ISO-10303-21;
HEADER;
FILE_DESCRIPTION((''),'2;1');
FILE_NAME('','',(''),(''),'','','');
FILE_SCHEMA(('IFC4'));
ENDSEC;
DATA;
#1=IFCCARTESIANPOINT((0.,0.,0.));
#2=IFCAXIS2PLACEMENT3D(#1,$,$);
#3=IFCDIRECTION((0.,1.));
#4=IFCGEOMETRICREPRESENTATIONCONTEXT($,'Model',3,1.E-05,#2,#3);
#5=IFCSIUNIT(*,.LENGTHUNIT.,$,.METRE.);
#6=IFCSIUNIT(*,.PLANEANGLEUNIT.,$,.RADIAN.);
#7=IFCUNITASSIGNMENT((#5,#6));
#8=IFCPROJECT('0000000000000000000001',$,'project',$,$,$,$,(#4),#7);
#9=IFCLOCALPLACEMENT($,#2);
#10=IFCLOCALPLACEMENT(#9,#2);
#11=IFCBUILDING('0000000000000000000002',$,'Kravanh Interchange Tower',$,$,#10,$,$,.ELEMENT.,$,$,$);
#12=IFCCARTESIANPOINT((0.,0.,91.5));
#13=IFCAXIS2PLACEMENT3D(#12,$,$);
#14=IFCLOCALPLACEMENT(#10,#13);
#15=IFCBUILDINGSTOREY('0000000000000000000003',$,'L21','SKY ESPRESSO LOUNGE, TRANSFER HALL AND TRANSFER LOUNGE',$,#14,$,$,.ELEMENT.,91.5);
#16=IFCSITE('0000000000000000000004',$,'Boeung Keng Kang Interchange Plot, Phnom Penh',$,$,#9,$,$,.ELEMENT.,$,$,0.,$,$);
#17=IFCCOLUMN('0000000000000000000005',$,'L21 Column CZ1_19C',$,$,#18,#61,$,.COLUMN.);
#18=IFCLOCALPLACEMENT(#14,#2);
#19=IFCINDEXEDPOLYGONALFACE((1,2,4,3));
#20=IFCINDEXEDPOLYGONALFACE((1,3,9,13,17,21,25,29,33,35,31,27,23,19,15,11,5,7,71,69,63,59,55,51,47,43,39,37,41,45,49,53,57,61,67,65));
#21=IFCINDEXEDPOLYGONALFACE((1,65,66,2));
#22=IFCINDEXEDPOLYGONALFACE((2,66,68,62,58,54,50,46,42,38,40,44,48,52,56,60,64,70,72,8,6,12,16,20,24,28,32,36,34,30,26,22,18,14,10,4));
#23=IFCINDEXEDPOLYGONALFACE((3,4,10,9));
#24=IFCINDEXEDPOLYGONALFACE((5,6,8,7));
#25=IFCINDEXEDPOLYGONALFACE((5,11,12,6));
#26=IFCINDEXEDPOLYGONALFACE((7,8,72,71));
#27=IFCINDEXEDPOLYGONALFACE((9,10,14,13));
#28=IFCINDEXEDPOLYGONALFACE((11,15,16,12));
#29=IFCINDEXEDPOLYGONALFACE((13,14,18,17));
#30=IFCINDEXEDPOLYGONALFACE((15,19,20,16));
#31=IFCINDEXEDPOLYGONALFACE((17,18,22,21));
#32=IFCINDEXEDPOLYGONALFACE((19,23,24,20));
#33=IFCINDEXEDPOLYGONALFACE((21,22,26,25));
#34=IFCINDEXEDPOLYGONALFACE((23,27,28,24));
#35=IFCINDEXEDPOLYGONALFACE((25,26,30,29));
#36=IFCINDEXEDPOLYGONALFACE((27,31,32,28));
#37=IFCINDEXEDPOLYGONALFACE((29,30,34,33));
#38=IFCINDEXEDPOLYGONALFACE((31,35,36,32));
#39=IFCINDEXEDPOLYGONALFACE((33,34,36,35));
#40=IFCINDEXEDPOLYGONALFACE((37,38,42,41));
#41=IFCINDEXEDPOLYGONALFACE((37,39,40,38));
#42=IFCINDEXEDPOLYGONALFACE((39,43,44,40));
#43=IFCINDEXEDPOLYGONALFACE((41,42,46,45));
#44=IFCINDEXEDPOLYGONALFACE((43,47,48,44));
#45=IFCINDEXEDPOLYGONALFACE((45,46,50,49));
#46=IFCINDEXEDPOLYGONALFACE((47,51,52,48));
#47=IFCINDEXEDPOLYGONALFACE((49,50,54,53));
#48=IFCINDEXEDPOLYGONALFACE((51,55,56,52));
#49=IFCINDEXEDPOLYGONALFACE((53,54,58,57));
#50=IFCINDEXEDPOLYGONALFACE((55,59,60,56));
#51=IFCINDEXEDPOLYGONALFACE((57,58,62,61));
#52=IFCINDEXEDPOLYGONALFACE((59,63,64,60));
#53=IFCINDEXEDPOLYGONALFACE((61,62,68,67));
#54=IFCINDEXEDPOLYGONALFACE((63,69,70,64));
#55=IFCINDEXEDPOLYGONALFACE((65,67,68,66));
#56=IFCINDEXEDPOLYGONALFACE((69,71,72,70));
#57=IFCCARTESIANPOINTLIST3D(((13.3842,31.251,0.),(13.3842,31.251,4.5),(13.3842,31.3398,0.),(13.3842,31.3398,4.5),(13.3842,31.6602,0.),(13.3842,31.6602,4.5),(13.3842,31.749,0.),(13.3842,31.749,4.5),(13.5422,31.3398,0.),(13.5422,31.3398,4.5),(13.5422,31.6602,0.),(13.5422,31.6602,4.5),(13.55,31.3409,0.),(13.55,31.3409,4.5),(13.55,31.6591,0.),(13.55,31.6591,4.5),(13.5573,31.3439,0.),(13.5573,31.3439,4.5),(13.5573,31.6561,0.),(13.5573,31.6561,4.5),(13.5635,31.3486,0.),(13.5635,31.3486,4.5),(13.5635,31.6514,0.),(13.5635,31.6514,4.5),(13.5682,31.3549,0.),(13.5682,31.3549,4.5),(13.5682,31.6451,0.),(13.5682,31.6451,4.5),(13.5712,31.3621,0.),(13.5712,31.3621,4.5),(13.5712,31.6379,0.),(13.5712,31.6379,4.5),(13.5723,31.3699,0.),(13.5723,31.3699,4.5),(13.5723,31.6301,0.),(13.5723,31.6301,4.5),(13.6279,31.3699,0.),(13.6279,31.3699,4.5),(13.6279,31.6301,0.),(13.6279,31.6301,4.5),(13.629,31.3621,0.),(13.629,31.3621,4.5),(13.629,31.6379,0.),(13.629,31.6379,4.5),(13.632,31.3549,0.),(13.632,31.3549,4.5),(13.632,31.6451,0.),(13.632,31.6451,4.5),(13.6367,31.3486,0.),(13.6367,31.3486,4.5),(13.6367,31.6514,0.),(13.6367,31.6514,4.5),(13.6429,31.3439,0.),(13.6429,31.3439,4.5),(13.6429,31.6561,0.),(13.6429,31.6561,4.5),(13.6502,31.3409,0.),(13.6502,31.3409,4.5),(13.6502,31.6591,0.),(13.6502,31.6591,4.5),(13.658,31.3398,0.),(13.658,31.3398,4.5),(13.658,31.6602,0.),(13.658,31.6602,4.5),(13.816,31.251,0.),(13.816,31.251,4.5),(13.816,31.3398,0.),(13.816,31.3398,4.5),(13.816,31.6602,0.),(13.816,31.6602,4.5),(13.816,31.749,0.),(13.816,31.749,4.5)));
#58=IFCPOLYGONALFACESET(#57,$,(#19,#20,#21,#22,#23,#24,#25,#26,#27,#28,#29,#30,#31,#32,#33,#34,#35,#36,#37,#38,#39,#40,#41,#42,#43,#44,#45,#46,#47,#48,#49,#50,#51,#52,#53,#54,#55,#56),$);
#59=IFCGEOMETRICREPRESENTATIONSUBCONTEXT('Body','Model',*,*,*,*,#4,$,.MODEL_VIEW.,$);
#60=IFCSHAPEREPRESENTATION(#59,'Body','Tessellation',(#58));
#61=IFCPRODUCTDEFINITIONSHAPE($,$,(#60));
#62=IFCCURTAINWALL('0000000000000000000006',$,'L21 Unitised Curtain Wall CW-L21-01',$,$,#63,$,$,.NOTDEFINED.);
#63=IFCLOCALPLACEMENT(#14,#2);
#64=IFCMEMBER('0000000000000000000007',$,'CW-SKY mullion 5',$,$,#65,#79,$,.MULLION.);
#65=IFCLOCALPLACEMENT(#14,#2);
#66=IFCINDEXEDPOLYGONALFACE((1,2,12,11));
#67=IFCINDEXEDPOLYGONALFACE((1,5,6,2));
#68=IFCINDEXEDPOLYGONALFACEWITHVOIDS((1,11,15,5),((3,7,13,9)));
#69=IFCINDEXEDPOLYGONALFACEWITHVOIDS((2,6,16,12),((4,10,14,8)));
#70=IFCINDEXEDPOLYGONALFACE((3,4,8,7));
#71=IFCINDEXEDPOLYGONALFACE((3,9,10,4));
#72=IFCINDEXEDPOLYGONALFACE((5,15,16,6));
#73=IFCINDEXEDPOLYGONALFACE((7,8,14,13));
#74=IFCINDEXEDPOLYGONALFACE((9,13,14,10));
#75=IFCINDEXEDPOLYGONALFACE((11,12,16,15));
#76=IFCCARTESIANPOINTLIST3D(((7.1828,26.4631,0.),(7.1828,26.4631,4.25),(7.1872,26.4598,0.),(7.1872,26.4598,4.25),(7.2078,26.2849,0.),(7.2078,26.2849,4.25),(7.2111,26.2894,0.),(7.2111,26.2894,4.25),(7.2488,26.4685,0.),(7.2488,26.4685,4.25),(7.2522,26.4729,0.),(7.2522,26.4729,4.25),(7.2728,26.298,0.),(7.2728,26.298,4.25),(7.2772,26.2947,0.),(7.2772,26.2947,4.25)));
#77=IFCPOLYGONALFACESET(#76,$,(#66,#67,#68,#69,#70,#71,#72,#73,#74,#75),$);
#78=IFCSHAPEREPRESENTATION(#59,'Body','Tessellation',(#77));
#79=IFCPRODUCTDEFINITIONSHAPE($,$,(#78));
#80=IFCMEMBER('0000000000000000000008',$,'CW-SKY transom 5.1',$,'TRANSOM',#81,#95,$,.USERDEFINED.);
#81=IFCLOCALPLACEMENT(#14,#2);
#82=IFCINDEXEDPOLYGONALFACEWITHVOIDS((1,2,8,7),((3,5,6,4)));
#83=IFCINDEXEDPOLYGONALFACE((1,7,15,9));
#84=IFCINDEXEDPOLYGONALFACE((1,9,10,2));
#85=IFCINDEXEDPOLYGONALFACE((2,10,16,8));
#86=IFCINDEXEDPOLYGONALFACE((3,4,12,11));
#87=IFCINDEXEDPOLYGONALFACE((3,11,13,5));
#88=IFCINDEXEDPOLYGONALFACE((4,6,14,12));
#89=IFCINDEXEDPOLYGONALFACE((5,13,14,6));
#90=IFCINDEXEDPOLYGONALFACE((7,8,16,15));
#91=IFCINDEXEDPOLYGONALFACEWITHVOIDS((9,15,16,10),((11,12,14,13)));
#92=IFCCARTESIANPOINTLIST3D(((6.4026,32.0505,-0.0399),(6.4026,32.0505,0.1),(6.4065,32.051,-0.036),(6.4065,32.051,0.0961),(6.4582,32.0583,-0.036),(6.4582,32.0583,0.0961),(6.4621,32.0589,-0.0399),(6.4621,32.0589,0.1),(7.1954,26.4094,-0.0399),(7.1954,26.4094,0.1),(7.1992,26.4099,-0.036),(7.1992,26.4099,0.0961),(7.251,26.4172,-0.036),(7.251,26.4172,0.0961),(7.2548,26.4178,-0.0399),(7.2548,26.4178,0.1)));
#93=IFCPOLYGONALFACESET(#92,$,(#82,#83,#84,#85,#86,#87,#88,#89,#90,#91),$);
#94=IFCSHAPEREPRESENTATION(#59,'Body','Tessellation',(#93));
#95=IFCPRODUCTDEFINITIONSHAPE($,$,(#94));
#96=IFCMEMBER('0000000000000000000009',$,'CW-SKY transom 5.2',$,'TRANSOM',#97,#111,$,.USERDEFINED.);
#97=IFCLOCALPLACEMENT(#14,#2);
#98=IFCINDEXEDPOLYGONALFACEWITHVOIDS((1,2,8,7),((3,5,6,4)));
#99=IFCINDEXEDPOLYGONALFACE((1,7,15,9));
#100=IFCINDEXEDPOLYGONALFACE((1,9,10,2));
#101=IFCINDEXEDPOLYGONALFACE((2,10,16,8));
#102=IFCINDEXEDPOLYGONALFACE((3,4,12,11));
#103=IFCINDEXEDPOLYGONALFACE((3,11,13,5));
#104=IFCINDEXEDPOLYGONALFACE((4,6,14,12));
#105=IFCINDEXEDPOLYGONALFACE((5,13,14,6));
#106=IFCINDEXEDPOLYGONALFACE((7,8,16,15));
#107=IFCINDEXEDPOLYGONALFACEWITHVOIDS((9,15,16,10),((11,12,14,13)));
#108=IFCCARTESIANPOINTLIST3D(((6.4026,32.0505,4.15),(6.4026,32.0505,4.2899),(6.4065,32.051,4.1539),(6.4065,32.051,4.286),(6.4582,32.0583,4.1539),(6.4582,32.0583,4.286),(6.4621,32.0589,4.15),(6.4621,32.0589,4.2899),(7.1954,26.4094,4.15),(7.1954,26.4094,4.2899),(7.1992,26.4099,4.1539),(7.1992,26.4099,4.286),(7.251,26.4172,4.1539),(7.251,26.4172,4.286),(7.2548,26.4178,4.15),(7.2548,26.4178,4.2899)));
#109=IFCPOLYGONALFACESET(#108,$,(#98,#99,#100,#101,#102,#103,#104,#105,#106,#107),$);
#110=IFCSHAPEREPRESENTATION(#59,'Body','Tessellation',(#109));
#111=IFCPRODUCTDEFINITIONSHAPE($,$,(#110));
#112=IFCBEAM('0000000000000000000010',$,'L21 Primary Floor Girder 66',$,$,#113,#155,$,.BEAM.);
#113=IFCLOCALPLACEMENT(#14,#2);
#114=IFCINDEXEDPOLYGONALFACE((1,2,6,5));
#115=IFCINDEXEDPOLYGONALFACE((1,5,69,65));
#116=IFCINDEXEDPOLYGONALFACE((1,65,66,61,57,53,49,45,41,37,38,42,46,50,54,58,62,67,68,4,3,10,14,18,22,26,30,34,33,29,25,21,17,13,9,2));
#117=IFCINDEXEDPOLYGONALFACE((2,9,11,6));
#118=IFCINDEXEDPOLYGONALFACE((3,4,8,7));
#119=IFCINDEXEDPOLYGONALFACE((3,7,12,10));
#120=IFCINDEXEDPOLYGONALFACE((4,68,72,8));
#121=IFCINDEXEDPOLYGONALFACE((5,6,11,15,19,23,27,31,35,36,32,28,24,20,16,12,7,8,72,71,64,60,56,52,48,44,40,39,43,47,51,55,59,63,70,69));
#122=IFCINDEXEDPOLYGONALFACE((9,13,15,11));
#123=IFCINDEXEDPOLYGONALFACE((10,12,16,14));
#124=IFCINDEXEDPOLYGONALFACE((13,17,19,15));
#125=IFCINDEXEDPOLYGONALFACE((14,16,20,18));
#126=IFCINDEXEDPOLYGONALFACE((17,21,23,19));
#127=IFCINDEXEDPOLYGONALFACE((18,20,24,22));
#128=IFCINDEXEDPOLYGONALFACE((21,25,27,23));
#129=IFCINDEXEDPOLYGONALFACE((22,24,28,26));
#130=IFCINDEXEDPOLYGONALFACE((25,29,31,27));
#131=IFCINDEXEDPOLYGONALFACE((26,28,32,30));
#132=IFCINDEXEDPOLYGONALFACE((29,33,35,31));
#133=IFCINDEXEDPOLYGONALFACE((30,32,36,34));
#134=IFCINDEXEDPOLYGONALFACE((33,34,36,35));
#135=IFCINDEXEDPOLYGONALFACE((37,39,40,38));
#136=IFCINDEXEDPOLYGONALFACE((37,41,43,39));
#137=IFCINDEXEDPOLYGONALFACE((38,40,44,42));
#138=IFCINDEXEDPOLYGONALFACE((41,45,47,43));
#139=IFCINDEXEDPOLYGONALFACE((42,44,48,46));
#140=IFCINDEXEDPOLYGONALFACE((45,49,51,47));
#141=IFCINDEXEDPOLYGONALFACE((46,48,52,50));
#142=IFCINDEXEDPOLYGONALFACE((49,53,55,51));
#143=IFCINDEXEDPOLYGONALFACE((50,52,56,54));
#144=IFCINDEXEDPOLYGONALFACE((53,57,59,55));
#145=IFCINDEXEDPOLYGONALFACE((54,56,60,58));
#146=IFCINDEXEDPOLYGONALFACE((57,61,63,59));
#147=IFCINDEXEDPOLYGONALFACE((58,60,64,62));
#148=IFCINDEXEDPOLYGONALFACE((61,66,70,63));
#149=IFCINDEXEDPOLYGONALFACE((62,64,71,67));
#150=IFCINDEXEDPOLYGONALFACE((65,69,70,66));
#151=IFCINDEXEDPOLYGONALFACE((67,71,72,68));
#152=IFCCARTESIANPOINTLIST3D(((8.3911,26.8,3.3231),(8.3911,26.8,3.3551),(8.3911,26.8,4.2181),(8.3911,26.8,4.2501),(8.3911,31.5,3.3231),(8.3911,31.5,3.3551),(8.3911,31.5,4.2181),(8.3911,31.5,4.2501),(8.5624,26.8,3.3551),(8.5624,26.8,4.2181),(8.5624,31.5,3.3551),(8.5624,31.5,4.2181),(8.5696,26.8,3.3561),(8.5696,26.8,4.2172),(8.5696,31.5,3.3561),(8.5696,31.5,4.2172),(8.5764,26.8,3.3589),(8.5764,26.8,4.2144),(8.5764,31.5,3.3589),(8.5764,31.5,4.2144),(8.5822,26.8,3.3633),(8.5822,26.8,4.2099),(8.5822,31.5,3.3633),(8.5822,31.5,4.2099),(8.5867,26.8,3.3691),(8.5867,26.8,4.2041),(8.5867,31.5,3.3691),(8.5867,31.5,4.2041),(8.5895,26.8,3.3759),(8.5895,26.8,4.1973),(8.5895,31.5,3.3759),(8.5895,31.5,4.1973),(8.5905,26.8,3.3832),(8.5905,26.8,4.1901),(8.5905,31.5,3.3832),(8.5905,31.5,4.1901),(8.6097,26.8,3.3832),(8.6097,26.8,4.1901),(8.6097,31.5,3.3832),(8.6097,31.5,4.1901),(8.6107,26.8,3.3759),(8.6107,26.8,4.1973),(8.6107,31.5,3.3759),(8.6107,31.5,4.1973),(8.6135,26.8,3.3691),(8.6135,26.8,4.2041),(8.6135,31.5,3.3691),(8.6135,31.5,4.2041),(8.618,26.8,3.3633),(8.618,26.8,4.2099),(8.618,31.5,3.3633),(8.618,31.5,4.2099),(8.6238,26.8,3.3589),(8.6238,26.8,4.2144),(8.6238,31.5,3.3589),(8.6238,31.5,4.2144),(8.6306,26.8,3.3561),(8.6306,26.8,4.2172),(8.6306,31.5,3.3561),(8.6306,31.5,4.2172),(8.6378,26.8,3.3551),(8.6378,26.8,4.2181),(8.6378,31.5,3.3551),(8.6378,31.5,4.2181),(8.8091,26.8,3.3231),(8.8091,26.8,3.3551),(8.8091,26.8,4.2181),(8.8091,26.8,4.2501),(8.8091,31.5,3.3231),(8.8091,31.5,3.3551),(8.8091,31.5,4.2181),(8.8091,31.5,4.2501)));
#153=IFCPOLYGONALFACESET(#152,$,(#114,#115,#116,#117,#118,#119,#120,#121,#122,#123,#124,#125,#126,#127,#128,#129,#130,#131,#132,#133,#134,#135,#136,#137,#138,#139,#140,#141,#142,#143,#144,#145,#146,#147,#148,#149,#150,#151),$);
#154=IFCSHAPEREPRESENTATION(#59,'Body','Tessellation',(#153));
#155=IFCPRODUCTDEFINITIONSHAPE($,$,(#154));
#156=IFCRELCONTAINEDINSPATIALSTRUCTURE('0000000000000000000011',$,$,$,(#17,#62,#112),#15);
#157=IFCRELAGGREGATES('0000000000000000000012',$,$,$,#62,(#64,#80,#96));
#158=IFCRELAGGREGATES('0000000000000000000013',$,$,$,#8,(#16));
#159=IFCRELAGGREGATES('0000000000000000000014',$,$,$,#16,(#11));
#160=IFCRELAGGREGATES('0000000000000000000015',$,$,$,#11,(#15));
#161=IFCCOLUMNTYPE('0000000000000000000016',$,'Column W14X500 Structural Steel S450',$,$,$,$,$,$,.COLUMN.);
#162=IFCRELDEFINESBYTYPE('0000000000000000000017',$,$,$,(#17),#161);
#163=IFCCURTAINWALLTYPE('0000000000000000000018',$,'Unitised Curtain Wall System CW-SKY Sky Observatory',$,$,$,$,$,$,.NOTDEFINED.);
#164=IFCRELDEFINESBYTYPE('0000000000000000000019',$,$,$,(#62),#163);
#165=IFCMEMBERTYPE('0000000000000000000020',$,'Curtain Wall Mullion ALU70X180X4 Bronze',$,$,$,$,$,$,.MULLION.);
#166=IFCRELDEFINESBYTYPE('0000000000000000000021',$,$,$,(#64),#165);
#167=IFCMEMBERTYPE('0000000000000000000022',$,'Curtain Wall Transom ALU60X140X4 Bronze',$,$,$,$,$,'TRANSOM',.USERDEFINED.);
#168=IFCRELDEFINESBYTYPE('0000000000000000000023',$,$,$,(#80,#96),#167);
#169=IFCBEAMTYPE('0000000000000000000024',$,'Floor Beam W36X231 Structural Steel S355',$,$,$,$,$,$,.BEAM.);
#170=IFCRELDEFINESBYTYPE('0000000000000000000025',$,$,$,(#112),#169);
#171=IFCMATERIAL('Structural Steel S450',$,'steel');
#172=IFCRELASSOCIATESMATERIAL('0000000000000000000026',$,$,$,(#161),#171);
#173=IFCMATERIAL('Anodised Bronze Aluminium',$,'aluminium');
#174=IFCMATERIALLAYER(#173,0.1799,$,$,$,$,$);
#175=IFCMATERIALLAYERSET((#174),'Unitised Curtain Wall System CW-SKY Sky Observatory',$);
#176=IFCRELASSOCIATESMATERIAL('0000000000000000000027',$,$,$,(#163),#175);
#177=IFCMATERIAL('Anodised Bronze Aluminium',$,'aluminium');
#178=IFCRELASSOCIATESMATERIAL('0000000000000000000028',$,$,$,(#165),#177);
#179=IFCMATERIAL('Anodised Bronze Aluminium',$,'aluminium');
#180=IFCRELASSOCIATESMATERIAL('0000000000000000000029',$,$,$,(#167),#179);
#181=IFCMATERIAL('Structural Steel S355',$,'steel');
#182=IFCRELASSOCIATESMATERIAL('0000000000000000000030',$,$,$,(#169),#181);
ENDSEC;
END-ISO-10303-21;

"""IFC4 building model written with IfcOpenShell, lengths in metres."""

from ifc_helpers import new_model, si_unit, direction, frame, origin, origin_2d, place, context, subcontext, project, spatial, hollow_rectangle, i_section, extrude, material, layer, layer_set, material_profile, profile_set, type_object, element, aggregate, save


model = new_model("IFC4")

# Units and contexts
model_context = context("Model", 3, precision=1e-05, world=origin(), true_north=direction((0.0, 1.0)))
body_context = subcontext(model_context, "Body", "Model", "MODEL_VIEW")
ifc_project = project(units=[si_unit("LENGTHUNIT", "METRE"), si_unit("PLANEANGLEUNIT", "RADIAN")], contexts=[model_context])

# Site, building, storey
site_placement = place(None, origin())
site = spatial("IfcSite", under=ifc_project, at=site_placement, Name="Boeung Keng Kang Interchange Plot, Phnom Penh", CompositionType="ELEMENT", RefElevation=0.0)
building_placement = place(site_placement, origin())
building = spatial("IfcBuilding", under=site, at=building_placement, Name="Kravanh Interchange Tower", CompositionType="ELEMENT")
storey_placement = place(building_placement, frame((0.0, 0.0, 91.5)))
storey = spatial("IfcBuildingStorey", under=building, at=storey_placement, Name="L21", Description="SKY ESPRESSO LOUNGE, TRANSFER HALL AND TRANSFER LOUNGE", CompositionType="ELEMENT", Elevation=91.5)

# Column
ifc_material_1 = material(Name="Structural Steel S450", Category="steel")
ifc_material_profile_1 = material_profile(ifc_material_1, i_section(OverallWidth=0.4319, OverallDepth=0.498, WebThickness=0.0557, FlangeThickness=0.0889, FilletRadius=0.03, at=origin_2d()), Name="W14X500")
ifc_profile_set_1 = profile_set([ifc_material_profile_1], Name="Structural Steel S450")
column_type = type_object("IfcColumnType", Name="Column W14X500 Structural Steel S450", PredefinedType="COLUMN", material=ifc_profile_set_1)
for number, where, z_axis, x_axis, name in (
    (1, (13.6001, 31.5, 0.0), (0.0, 0.0, 1.0), (1.0, 0.0, 0.0), "L21 Column CZ1_19C"),
):
    element("IfcColumn", number, at=place(storey_placement, frame(where, z_axis=z_axis, x_axis=x_axis)), inside=storey, type_object=column_type, Name=name, PredefinedType="COLUMN", context=body_context, shape_type="SweptSolid", body=[
        extrude(i_section(OverallWidth=0.4319, OverallDepth=0.498, WebThickness=0.0557, FlangeThickness=0.0889, FilletRadius=0.03, at=origin_2d()), origin(), (0.0, 0.0, 1.0), 4.5),
    ])

# Curtain wall, members
ifc_material_2 = material(Name="Anodised Bronze Aluminium", Category="aluminium")
ifc_layer_1 = layer(ifc_material_2, 0.1799)
ifc_layer_set_1 = layer_set([ifc_layer_1], Name="Unitised Curtain Wall System CW-SKY Sky Observatory")
curtain_wall_type = type_object("IfcCurtainWallType", Name="Unitised Curtain Wall System CW-SKY Sky Observatory", PredefinedType="NOTDEFINED", material=ifc_layer_set_1)
curtain_wall_placement = place(storey_placement, origin())
curtain_wall = element("IfcCurtainWall", 2, at=curtain_wall_placement, inside=storey, type_object=curtain_wall_type, Name="L21 Unitised Curtain Wall CW-L21-01", PredefinedType="NOTDEFINED")
ifc_material_3 = material(Name="Anodised Bronze Aluminium", Category="aluminium")
ifc_material_profile_2 = material_profile(ifc_material_3, hollow_rectangle(XDim=0.0701, YDim=0.1799, WallThickness=0.0039, at=origin_2d()), Name="ALU70X180X4")
ifc_profile_set_2 = profile_set([ifc_material_profile_2], Name="Anodised Bronze Aluminium")
member_type_1 = type_object("IfcMemberType", Name="Curtain Wall Mullion ALU70X180X4 Bronze", PredefinedType="MULLION", material=ifc_profile_set_2)
member_1_placement = place(storey_placement, frame((7.23, 26.3789, 0.0), z_axis=(0.0, 0.0, 1.0), x_axis=(-0.990268, -0.139177, 0.0)))
member_1 = element("IfcMember", 3, at=member_1_placement, type_object=member_type_1, Name="CW-SKY mullion 5", PredefinedType="MULLION", context=body_context, shape_type="SweptSolid", body=[
    extrude(hollow_rectangle(XDim=0.0701, YDim=0.1799, WallThickness=0.0039, at=origin_2d()), origin(), (0.0, 0.0, 1.0), 4.25),
])
ifc_material_4 = material(Name="Anodised Bronze Aluminium", Category="aluminium")
ifc_material_profile_3 = material_profile(ifc_material_4, hollow_rectangle(XDim=0.0601, YDim=0.1399, WallThickness=0.0039, at=origin_2d()), Name="ALU60X140X4")
ifc_profile_set_3 = profile_set([ifc_material_profile_3], Name="Anodised Bronze Aluminium")
member_type_2 = type_object("IfcMemberType", Name="Curtain Wall Transom ALU60X140X4 Bronze", ElementType="TRANSOM", PredefinedType="USERDEFINED", material=ifc_profile_set_3)
member_2_placement = place(storey_placement, frame((7.2251, 26.4136, 0.03), z_axis=(-0.139159, 0.99027, 0.0), x_axis=(-0.99027, -0.139159, 0.0)))
member_2 = element("IfcMember", 4, at=member_2_placement, type_object=member_type_2, Name="CW-SKY transom 5.1", ObjectType="TRANSOM", PredefinedType="USERDEFINED", context=body_context, shape_type="SweptSolid", body=[
    extrude(hollow_rectangle(XDim=0.0601, YDim=0.1399, WallThickness=0.0039, at=origin_2d()), origin(), (0.0, 0.0, 1.0), 5.6965),
])
member_3_placement = place(storey_placement, frame((7.2251, 26.4136, 4.22), z_axis=(-0.139159, 0.99027, 0.0), x_axis=(-0.99027, -0.139159, 0.0)))
member_3 = element("IfcMember", 5, at=member_3_placement, type_object=member_type_2, Name="CW-SKY transom 5.2", ObjectType="TRANSOM", PredefinedType="USERDEFINED", context=body_context, shape_type="SweptSolid", body=[
    extrude(hollow_rectangle(XDim=0.0601, YDim=0.1399, WallThickness=0.0039, at=origin_2d()), origin(), (0.0, 0.0, 1.0), 5.6965),
])

# Beam
ifc_material_5 = material(Name="Structural Steel S355", Category="steel")
ifc_material_profile_4 = material_profile(ifc_material_5, i_section(OverallWidth=0.418, OverallDepth=0.927, WebThickness=0.0193, FlangeThickness=0.032, FilletRadius=0.0281, at=origin_2d()), Name="W36X231")
ifc_profile_set_4 = profile_set([ifc_material_profile_4], Name="Structural Steel S355")
beam_type_1 = type_object("IfcBeamType", Name="Floor Beam W36X231 Structural Steel S355", PredefinedType="BEAM", material=ifc_profile_set_4)
beam_1_placement = place(storey_placement, frame((8.6001, 26.8, 3.7866), z_axis=(0.0, 1.0, 0.0), x_axis=(-1.0, 0.0, 0.0)))
element("IfcBeam", 6, at=beam_1_placement, inside=storey, type_object=beam_type_1, Name="L21 Primary Floor Girder 66", PredefinedType="BEAM", context=body_context, shape_type="SweptSolid", body=[
    extrude(i_section(OverallWidth=0.418, OverallDepth=0.927, WebThickness=0.0193, FlangeThickness=0.032, FilletRadius=0.0281, at=origin_2d()), origin(), (0.0, 0.0, 1.0), 4.7),
])

aggregate(curtain_wall, [member_1, member_2, member_3])

save(model, "model.ifc")
